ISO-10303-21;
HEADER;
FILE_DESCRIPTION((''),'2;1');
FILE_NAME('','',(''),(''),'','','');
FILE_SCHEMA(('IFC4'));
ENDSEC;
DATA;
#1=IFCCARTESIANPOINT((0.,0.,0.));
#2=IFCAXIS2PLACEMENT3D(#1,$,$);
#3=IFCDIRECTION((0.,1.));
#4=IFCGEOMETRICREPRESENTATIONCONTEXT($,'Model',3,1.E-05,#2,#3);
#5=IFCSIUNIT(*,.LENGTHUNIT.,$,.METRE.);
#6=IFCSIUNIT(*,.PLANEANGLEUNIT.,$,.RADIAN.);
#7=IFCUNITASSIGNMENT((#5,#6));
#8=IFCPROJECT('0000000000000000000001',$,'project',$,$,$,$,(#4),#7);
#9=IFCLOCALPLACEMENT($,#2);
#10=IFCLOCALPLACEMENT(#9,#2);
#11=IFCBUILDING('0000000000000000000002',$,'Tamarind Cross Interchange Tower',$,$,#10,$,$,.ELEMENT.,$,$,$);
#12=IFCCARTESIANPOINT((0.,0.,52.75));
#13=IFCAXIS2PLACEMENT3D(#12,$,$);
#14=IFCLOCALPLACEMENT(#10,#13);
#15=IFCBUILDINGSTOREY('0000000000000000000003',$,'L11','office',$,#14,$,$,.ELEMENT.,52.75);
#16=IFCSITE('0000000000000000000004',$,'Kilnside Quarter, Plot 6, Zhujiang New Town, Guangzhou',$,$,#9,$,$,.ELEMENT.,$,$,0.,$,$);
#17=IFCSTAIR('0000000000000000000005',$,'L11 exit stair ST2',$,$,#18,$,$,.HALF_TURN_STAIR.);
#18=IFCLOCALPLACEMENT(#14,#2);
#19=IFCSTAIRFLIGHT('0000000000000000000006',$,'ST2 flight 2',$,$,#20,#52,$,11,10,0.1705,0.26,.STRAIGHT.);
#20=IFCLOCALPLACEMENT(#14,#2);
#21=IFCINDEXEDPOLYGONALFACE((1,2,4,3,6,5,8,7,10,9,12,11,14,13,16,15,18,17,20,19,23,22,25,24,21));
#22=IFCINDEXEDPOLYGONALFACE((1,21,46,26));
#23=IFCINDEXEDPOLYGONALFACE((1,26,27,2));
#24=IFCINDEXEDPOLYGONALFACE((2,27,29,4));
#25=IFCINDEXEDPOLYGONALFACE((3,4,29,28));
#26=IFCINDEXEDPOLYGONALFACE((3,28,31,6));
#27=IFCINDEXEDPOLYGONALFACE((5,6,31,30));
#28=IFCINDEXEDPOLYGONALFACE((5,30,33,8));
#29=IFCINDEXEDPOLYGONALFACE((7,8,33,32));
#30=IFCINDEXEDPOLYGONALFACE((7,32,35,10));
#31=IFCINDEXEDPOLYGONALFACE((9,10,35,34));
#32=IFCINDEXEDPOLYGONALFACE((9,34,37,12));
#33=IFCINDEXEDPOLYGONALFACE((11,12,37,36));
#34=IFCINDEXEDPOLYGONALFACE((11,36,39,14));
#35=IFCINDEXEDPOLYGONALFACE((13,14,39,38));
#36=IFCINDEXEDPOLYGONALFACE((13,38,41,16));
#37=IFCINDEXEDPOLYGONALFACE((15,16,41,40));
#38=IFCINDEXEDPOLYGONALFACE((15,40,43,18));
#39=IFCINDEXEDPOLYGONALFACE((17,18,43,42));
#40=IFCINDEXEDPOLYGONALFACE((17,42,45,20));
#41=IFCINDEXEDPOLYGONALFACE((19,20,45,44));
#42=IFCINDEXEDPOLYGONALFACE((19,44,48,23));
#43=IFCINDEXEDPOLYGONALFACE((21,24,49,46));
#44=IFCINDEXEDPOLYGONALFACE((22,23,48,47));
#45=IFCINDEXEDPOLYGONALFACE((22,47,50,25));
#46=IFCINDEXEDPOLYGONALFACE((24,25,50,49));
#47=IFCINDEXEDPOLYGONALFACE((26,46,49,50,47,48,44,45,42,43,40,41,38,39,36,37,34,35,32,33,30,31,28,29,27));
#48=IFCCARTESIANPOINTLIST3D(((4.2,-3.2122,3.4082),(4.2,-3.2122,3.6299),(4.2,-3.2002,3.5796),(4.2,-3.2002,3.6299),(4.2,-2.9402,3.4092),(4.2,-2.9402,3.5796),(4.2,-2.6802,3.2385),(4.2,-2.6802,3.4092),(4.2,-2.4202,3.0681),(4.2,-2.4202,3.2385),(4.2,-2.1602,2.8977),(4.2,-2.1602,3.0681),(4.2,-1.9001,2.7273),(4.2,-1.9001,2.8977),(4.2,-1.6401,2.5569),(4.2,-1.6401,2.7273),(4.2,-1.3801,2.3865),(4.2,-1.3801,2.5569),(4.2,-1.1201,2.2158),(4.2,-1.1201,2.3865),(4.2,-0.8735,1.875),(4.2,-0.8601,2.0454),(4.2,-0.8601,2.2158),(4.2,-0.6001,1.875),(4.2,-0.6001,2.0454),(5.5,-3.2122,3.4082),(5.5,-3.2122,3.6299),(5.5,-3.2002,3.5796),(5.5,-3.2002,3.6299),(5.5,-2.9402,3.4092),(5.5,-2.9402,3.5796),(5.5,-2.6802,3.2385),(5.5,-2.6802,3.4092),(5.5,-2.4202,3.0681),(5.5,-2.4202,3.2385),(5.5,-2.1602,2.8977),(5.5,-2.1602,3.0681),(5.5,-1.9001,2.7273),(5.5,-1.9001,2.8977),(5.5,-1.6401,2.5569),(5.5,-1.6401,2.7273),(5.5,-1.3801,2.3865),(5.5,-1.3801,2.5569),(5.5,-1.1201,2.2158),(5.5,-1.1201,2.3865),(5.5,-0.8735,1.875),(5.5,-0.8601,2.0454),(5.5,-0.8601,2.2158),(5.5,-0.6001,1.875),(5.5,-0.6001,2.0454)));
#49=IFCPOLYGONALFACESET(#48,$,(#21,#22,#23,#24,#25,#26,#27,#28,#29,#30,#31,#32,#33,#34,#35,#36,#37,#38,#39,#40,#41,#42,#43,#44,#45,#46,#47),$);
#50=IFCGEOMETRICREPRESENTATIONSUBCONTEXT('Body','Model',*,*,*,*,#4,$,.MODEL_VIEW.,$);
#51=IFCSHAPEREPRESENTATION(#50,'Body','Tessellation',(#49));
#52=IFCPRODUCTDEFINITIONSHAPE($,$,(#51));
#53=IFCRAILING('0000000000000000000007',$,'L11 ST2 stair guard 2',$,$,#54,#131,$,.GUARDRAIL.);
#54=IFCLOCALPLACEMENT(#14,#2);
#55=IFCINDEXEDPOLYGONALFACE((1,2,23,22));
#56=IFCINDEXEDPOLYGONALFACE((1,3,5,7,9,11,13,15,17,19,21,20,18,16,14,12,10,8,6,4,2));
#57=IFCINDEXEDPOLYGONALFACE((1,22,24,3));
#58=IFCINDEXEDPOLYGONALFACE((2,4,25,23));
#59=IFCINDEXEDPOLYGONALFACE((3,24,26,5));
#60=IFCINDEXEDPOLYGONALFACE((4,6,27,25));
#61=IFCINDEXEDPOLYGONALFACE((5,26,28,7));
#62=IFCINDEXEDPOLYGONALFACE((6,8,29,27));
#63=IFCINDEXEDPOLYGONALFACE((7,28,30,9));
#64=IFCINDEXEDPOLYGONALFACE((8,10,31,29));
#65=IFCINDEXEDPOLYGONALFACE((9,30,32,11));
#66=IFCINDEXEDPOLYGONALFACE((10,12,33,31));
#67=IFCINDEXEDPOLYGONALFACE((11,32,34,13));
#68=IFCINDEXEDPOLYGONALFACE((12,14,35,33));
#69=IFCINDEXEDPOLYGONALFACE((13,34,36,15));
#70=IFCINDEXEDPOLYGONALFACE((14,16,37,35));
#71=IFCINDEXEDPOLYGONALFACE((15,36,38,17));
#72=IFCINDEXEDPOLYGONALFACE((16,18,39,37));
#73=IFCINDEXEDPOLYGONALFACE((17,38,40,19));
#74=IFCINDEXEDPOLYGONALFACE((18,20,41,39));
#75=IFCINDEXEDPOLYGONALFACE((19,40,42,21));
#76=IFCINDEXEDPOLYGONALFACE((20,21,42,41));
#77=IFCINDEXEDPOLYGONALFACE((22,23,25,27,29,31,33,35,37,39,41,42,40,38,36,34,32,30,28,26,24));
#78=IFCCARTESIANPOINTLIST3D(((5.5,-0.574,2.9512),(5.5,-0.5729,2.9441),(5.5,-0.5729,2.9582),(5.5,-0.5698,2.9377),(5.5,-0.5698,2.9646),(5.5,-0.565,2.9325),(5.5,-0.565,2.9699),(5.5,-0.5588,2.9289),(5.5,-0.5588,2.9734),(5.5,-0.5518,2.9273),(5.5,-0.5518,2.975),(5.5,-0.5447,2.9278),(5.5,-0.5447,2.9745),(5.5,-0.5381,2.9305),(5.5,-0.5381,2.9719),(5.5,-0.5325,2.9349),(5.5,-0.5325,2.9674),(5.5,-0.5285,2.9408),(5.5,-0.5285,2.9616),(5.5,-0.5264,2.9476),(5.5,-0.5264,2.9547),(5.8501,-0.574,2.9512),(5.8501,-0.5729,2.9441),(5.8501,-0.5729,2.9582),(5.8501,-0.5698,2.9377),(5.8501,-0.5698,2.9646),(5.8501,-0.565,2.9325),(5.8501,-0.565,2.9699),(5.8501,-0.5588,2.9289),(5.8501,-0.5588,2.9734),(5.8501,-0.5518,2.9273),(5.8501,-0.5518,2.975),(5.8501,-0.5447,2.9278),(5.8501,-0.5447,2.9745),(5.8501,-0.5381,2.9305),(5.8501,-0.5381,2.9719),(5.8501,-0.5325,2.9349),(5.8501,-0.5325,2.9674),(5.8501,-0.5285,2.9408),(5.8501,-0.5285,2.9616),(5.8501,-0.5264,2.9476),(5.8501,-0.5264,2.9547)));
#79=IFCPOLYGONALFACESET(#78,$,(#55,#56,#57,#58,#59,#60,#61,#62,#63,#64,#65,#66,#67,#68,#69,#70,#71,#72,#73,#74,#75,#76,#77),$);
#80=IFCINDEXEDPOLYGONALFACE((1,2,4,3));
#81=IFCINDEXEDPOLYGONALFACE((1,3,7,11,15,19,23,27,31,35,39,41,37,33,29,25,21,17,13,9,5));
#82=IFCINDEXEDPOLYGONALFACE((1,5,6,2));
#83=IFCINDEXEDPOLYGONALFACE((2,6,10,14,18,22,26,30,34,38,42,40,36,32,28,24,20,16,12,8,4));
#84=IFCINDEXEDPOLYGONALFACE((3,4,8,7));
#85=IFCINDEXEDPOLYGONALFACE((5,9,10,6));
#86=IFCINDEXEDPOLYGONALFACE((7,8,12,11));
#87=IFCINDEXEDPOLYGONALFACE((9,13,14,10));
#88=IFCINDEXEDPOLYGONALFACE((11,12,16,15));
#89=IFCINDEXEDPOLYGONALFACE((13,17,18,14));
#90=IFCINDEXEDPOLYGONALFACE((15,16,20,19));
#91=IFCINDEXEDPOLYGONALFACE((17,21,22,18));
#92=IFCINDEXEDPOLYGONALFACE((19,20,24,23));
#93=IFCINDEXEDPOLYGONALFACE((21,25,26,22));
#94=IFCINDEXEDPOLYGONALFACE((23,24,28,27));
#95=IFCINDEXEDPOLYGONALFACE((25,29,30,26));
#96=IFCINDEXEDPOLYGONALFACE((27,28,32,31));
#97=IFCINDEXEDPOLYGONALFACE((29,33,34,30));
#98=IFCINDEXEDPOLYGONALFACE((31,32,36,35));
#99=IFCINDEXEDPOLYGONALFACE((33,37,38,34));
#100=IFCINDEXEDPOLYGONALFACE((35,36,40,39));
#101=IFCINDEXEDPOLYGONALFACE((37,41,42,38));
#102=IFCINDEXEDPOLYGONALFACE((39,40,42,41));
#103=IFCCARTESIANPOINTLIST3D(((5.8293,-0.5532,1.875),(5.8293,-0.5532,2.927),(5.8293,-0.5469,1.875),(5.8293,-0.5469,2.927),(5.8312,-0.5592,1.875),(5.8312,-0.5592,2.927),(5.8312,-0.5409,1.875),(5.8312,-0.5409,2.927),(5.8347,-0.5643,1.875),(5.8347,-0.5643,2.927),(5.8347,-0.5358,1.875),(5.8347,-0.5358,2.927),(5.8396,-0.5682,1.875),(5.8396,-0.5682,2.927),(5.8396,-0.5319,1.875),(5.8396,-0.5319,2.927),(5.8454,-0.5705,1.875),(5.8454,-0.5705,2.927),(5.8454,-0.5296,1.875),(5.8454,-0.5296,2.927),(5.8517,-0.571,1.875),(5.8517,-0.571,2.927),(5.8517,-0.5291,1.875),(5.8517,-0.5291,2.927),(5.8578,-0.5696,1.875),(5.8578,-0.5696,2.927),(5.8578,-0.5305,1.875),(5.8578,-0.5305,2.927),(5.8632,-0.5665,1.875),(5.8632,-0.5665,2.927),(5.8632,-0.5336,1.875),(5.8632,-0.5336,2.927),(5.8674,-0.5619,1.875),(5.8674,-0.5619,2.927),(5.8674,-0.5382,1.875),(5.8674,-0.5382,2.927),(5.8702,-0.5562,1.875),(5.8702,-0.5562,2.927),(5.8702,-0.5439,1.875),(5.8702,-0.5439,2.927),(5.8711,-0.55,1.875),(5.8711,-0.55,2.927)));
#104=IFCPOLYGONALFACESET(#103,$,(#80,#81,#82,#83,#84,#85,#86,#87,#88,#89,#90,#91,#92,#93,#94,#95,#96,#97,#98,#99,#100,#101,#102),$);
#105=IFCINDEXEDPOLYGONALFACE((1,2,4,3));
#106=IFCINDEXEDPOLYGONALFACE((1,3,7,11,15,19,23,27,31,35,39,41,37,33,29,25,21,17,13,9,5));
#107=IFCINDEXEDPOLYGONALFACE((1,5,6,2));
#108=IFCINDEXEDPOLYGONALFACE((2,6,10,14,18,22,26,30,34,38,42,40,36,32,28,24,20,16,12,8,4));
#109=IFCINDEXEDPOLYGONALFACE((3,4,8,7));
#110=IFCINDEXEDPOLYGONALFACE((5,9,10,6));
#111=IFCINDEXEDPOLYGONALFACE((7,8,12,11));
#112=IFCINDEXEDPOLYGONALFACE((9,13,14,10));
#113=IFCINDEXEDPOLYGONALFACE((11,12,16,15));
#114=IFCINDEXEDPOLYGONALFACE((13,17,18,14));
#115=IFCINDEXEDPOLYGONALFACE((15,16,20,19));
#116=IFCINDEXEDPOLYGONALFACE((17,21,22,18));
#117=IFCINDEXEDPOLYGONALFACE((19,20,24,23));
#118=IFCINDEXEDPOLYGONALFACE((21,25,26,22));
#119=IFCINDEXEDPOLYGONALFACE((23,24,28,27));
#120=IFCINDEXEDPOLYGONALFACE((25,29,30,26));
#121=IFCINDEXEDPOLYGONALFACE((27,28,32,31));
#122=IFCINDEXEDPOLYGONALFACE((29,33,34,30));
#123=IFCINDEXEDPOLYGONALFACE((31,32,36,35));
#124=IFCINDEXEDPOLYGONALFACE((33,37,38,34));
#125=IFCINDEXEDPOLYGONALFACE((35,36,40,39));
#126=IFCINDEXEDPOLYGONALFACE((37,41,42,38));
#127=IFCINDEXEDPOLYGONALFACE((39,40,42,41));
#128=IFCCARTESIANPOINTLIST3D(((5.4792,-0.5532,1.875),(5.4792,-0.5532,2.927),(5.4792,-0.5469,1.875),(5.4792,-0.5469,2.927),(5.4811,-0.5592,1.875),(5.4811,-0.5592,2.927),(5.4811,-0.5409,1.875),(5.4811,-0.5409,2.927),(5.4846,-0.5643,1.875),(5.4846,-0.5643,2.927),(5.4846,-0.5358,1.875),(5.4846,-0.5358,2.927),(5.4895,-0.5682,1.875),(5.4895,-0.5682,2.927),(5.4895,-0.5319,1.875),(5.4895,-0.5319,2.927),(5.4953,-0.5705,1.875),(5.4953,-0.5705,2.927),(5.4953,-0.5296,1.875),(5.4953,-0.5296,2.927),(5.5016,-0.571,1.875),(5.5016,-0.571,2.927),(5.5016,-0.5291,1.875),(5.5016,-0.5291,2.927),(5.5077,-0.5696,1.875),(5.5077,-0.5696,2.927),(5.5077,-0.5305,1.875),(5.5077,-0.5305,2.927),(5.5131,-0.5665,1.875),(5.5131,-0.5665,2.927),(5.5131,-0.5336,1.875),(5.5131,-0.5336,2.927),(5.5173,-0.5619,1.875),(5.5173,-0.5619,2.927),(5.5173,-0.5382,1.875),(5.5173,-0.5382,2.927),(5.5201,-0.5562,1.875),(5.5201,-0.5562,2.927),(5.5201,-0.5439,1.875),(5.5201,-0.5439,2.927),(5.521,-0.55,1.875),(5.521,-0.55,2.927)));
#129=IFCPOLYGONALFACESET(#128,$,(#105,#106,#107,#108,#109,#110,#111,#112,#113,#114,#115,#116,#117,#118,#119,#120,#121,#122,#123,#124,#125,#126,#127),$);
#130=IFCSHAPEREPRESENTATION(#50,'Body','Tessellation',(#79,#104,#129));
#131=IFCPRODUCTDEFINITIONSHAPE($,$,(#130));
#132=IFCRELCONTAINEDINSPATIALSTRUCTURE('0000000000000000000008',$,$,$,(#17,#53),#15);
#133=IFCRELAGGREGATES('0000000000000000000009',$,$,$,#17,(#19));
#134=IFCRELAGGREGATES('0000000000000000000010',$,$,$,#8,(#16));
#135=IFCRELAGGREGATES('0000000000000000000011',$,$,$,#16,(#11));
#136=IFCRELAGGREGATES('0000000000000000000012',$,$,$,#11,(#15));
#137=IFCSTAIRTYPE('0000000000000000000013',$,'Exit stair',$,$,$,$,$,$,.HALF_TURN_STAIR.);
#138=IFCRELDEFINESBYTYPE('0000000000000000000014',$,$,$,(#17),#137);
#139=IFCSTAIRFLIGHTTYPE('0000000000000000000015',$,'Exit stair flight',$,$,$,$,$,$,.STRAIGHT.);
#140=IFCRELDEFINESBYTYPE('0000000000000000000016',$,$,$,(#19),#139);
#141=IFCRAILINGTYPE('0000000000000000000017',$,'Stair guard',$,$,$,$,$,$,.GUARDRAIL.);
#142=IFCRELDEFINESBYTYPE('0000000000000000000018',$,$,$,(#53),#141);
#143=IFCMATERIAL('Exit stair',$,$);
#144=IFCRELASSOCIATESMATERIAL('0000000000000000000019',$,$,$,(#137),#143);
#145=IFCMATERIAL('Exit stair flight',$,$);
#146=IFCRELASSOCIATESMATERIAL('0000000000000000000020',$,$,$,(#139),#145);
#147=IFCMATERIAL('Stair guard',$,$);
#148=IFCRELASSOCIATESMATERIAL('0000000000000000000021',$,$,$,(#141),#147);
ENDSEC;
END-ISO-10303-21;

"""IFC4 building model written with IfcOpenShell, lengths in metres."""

from ifc_helpers import new_model, si_unit, direction, frame, origin, origin_2d, place, context, subcontext, project, spatial, polyline, circle, outline, extrude, material, type_object, element, aggregate, save


model = new_model("IFC4")

# Units and contexts
model_context = context("Model", 3, precision=1e-05, world=origin(), true_north=direction((0.0, 1.0)))
body_context = subcontext(model_context, "Body", "Model", "MODEL_VIEW")
ifc_project = project(units=[si_unit("LENGTHUNIT", "METRE"), si_unit("PLANEANGLEUNIT", "RADIAN")], contexts=[model_context])

# Site, building, storey
site_placement = place(None, origin())
site = spatial("IfcSite", under=ifc_project, at=site_placement, Name="Kilnside Quarter, Plot 6, Zhujiang New Town, Guangzhou", CompositionType="ELEMENT", RefElevation=0.0)
building_placement = place(site_placement, origin())
building = spatial("IfcBuilding", under=site, at=building_placement, Name="Tamarind Cross Interchange Tower", CompositionType="ELEMENT")
storey_placement = place(building_placement, frame((0.0, 0.0, 52.75)))
storey = spatial("IfcBuildingStorey", under=building, at=storey_placement, Name="L11", Description="office", CompositionType="ELEMENT", Elevation=52.75)

# Stair, stair flight
ifc_material_1 = material(Name="Exit stair")
stair_type = type_object("IfcStairType", Name="Exit stair", PredefinedType="HALF_TURN_STAIR", material=ifc_material_1)
stair_placement = place(storey_placement, origin())
stair = element("IfcStair", 1, at=stair_placement, inside=storey, type_object=stair_type, Name="L11 exit stair ST2", PredefinedType="HALF_TURN_STAIR")
ifc_material_2 = material(Name="Exit stair flight")
stair_flight_type = type_object("IfcStairFlightType", Name="Exit stair flight", PredefinedType="STRAIGHT", material=ifc_material_2)
stair_flight_1_placement = place(storey_placement, frame((4.8501, -0.6001, 1.875), z_axis=(0.0, 0.0, 1.0), x_axis=(0.0, -1.0, 0.0)))
stair_flight_1 = element("IfcStairFlight", 2, at=stair_flight_1_placement, type_object=stair_flight_type, Name="ST2 flight 2", NumberOfRisers=11, NumberOfTreads=10, PredefinedType="STRAIGHT", RiserHeight=0.1705, TreadLength=0.26, context=body_context, shape_type="SweptSolid", body=[
    extrude(outline(polyline([(0.0, 0.0), (0.0, 0.1704), (0.26, 0.1704), (0.26, 0.3408), (0.52, 0.3408), (0.52, 0.5115), (0.78, 0.5115), (0.78, 0.6819), (1.04, 0.6819), (1.04, 0.8523), (1.3, 0.8523), (1.3, 1.0227), (1.5601, 1.0227), (1.5601, 1.1931), (1.8201, 1.1931), (1.8201, 1.3635), (2.0801, 1.3635), (2.0801, 1.5342), (2.3401, 1.5342), (2.3401, 1.7046), (2.6001, 1.7046), (2.6001, 1.7549), (2.6121, 1.7549), (2.6121, 1.5332), (0.2734, 0.0), (0.0, 0.0)])), frame((0.0, 0.6499, 0.0), z_axis=(0.0, -1.0, 0.0), x_axis=(1.0, 0.0, 0.0)), (0.0, 0.0, 1.0), 1.3),
])
aggregate(stair, [stair_flight_1])

# Railing
ifc_material_3 = material(Name="Stair guard")
railing_type_1 = type_object("IfcRailingType", Name="Stair guard", PredefinedType="GUARDRAIL", material=ifc_material_3)
railing_1_placement = place(storey_placement, frame((5.8501, -0.55, 1.875)))
element("IfcRailing", 3, at=railing_1_placement, inside=storey, type_object=railing_type_1, Name="L11 ST2 stair guard 2", PredefinedType="GUARDRAIL", context=body_context, shape_type="SweptSolid", body=[
    extrude(circle(Radius=0.0239, at=origin_2d()), frame((0.0, 0.0, 1.0762), z_axis=(-1.0, 0.0, 0.0), x_axis=(0.0, -1.0, 0.0)), (0.0, 0.0, 1.0), 0.3501),
    extrude(circle(Radius=0.021, at=origin_2d()), origin(), (0.0, 0.0, 1.0), 1.052),
    extrude(circle(Radius=0.021, at=origin_2d()), frame((-0.3501, 0.0, 0.0)), (0.0, 0.0, 1.0), 1.052),
])

save(model, "model.ifc")
